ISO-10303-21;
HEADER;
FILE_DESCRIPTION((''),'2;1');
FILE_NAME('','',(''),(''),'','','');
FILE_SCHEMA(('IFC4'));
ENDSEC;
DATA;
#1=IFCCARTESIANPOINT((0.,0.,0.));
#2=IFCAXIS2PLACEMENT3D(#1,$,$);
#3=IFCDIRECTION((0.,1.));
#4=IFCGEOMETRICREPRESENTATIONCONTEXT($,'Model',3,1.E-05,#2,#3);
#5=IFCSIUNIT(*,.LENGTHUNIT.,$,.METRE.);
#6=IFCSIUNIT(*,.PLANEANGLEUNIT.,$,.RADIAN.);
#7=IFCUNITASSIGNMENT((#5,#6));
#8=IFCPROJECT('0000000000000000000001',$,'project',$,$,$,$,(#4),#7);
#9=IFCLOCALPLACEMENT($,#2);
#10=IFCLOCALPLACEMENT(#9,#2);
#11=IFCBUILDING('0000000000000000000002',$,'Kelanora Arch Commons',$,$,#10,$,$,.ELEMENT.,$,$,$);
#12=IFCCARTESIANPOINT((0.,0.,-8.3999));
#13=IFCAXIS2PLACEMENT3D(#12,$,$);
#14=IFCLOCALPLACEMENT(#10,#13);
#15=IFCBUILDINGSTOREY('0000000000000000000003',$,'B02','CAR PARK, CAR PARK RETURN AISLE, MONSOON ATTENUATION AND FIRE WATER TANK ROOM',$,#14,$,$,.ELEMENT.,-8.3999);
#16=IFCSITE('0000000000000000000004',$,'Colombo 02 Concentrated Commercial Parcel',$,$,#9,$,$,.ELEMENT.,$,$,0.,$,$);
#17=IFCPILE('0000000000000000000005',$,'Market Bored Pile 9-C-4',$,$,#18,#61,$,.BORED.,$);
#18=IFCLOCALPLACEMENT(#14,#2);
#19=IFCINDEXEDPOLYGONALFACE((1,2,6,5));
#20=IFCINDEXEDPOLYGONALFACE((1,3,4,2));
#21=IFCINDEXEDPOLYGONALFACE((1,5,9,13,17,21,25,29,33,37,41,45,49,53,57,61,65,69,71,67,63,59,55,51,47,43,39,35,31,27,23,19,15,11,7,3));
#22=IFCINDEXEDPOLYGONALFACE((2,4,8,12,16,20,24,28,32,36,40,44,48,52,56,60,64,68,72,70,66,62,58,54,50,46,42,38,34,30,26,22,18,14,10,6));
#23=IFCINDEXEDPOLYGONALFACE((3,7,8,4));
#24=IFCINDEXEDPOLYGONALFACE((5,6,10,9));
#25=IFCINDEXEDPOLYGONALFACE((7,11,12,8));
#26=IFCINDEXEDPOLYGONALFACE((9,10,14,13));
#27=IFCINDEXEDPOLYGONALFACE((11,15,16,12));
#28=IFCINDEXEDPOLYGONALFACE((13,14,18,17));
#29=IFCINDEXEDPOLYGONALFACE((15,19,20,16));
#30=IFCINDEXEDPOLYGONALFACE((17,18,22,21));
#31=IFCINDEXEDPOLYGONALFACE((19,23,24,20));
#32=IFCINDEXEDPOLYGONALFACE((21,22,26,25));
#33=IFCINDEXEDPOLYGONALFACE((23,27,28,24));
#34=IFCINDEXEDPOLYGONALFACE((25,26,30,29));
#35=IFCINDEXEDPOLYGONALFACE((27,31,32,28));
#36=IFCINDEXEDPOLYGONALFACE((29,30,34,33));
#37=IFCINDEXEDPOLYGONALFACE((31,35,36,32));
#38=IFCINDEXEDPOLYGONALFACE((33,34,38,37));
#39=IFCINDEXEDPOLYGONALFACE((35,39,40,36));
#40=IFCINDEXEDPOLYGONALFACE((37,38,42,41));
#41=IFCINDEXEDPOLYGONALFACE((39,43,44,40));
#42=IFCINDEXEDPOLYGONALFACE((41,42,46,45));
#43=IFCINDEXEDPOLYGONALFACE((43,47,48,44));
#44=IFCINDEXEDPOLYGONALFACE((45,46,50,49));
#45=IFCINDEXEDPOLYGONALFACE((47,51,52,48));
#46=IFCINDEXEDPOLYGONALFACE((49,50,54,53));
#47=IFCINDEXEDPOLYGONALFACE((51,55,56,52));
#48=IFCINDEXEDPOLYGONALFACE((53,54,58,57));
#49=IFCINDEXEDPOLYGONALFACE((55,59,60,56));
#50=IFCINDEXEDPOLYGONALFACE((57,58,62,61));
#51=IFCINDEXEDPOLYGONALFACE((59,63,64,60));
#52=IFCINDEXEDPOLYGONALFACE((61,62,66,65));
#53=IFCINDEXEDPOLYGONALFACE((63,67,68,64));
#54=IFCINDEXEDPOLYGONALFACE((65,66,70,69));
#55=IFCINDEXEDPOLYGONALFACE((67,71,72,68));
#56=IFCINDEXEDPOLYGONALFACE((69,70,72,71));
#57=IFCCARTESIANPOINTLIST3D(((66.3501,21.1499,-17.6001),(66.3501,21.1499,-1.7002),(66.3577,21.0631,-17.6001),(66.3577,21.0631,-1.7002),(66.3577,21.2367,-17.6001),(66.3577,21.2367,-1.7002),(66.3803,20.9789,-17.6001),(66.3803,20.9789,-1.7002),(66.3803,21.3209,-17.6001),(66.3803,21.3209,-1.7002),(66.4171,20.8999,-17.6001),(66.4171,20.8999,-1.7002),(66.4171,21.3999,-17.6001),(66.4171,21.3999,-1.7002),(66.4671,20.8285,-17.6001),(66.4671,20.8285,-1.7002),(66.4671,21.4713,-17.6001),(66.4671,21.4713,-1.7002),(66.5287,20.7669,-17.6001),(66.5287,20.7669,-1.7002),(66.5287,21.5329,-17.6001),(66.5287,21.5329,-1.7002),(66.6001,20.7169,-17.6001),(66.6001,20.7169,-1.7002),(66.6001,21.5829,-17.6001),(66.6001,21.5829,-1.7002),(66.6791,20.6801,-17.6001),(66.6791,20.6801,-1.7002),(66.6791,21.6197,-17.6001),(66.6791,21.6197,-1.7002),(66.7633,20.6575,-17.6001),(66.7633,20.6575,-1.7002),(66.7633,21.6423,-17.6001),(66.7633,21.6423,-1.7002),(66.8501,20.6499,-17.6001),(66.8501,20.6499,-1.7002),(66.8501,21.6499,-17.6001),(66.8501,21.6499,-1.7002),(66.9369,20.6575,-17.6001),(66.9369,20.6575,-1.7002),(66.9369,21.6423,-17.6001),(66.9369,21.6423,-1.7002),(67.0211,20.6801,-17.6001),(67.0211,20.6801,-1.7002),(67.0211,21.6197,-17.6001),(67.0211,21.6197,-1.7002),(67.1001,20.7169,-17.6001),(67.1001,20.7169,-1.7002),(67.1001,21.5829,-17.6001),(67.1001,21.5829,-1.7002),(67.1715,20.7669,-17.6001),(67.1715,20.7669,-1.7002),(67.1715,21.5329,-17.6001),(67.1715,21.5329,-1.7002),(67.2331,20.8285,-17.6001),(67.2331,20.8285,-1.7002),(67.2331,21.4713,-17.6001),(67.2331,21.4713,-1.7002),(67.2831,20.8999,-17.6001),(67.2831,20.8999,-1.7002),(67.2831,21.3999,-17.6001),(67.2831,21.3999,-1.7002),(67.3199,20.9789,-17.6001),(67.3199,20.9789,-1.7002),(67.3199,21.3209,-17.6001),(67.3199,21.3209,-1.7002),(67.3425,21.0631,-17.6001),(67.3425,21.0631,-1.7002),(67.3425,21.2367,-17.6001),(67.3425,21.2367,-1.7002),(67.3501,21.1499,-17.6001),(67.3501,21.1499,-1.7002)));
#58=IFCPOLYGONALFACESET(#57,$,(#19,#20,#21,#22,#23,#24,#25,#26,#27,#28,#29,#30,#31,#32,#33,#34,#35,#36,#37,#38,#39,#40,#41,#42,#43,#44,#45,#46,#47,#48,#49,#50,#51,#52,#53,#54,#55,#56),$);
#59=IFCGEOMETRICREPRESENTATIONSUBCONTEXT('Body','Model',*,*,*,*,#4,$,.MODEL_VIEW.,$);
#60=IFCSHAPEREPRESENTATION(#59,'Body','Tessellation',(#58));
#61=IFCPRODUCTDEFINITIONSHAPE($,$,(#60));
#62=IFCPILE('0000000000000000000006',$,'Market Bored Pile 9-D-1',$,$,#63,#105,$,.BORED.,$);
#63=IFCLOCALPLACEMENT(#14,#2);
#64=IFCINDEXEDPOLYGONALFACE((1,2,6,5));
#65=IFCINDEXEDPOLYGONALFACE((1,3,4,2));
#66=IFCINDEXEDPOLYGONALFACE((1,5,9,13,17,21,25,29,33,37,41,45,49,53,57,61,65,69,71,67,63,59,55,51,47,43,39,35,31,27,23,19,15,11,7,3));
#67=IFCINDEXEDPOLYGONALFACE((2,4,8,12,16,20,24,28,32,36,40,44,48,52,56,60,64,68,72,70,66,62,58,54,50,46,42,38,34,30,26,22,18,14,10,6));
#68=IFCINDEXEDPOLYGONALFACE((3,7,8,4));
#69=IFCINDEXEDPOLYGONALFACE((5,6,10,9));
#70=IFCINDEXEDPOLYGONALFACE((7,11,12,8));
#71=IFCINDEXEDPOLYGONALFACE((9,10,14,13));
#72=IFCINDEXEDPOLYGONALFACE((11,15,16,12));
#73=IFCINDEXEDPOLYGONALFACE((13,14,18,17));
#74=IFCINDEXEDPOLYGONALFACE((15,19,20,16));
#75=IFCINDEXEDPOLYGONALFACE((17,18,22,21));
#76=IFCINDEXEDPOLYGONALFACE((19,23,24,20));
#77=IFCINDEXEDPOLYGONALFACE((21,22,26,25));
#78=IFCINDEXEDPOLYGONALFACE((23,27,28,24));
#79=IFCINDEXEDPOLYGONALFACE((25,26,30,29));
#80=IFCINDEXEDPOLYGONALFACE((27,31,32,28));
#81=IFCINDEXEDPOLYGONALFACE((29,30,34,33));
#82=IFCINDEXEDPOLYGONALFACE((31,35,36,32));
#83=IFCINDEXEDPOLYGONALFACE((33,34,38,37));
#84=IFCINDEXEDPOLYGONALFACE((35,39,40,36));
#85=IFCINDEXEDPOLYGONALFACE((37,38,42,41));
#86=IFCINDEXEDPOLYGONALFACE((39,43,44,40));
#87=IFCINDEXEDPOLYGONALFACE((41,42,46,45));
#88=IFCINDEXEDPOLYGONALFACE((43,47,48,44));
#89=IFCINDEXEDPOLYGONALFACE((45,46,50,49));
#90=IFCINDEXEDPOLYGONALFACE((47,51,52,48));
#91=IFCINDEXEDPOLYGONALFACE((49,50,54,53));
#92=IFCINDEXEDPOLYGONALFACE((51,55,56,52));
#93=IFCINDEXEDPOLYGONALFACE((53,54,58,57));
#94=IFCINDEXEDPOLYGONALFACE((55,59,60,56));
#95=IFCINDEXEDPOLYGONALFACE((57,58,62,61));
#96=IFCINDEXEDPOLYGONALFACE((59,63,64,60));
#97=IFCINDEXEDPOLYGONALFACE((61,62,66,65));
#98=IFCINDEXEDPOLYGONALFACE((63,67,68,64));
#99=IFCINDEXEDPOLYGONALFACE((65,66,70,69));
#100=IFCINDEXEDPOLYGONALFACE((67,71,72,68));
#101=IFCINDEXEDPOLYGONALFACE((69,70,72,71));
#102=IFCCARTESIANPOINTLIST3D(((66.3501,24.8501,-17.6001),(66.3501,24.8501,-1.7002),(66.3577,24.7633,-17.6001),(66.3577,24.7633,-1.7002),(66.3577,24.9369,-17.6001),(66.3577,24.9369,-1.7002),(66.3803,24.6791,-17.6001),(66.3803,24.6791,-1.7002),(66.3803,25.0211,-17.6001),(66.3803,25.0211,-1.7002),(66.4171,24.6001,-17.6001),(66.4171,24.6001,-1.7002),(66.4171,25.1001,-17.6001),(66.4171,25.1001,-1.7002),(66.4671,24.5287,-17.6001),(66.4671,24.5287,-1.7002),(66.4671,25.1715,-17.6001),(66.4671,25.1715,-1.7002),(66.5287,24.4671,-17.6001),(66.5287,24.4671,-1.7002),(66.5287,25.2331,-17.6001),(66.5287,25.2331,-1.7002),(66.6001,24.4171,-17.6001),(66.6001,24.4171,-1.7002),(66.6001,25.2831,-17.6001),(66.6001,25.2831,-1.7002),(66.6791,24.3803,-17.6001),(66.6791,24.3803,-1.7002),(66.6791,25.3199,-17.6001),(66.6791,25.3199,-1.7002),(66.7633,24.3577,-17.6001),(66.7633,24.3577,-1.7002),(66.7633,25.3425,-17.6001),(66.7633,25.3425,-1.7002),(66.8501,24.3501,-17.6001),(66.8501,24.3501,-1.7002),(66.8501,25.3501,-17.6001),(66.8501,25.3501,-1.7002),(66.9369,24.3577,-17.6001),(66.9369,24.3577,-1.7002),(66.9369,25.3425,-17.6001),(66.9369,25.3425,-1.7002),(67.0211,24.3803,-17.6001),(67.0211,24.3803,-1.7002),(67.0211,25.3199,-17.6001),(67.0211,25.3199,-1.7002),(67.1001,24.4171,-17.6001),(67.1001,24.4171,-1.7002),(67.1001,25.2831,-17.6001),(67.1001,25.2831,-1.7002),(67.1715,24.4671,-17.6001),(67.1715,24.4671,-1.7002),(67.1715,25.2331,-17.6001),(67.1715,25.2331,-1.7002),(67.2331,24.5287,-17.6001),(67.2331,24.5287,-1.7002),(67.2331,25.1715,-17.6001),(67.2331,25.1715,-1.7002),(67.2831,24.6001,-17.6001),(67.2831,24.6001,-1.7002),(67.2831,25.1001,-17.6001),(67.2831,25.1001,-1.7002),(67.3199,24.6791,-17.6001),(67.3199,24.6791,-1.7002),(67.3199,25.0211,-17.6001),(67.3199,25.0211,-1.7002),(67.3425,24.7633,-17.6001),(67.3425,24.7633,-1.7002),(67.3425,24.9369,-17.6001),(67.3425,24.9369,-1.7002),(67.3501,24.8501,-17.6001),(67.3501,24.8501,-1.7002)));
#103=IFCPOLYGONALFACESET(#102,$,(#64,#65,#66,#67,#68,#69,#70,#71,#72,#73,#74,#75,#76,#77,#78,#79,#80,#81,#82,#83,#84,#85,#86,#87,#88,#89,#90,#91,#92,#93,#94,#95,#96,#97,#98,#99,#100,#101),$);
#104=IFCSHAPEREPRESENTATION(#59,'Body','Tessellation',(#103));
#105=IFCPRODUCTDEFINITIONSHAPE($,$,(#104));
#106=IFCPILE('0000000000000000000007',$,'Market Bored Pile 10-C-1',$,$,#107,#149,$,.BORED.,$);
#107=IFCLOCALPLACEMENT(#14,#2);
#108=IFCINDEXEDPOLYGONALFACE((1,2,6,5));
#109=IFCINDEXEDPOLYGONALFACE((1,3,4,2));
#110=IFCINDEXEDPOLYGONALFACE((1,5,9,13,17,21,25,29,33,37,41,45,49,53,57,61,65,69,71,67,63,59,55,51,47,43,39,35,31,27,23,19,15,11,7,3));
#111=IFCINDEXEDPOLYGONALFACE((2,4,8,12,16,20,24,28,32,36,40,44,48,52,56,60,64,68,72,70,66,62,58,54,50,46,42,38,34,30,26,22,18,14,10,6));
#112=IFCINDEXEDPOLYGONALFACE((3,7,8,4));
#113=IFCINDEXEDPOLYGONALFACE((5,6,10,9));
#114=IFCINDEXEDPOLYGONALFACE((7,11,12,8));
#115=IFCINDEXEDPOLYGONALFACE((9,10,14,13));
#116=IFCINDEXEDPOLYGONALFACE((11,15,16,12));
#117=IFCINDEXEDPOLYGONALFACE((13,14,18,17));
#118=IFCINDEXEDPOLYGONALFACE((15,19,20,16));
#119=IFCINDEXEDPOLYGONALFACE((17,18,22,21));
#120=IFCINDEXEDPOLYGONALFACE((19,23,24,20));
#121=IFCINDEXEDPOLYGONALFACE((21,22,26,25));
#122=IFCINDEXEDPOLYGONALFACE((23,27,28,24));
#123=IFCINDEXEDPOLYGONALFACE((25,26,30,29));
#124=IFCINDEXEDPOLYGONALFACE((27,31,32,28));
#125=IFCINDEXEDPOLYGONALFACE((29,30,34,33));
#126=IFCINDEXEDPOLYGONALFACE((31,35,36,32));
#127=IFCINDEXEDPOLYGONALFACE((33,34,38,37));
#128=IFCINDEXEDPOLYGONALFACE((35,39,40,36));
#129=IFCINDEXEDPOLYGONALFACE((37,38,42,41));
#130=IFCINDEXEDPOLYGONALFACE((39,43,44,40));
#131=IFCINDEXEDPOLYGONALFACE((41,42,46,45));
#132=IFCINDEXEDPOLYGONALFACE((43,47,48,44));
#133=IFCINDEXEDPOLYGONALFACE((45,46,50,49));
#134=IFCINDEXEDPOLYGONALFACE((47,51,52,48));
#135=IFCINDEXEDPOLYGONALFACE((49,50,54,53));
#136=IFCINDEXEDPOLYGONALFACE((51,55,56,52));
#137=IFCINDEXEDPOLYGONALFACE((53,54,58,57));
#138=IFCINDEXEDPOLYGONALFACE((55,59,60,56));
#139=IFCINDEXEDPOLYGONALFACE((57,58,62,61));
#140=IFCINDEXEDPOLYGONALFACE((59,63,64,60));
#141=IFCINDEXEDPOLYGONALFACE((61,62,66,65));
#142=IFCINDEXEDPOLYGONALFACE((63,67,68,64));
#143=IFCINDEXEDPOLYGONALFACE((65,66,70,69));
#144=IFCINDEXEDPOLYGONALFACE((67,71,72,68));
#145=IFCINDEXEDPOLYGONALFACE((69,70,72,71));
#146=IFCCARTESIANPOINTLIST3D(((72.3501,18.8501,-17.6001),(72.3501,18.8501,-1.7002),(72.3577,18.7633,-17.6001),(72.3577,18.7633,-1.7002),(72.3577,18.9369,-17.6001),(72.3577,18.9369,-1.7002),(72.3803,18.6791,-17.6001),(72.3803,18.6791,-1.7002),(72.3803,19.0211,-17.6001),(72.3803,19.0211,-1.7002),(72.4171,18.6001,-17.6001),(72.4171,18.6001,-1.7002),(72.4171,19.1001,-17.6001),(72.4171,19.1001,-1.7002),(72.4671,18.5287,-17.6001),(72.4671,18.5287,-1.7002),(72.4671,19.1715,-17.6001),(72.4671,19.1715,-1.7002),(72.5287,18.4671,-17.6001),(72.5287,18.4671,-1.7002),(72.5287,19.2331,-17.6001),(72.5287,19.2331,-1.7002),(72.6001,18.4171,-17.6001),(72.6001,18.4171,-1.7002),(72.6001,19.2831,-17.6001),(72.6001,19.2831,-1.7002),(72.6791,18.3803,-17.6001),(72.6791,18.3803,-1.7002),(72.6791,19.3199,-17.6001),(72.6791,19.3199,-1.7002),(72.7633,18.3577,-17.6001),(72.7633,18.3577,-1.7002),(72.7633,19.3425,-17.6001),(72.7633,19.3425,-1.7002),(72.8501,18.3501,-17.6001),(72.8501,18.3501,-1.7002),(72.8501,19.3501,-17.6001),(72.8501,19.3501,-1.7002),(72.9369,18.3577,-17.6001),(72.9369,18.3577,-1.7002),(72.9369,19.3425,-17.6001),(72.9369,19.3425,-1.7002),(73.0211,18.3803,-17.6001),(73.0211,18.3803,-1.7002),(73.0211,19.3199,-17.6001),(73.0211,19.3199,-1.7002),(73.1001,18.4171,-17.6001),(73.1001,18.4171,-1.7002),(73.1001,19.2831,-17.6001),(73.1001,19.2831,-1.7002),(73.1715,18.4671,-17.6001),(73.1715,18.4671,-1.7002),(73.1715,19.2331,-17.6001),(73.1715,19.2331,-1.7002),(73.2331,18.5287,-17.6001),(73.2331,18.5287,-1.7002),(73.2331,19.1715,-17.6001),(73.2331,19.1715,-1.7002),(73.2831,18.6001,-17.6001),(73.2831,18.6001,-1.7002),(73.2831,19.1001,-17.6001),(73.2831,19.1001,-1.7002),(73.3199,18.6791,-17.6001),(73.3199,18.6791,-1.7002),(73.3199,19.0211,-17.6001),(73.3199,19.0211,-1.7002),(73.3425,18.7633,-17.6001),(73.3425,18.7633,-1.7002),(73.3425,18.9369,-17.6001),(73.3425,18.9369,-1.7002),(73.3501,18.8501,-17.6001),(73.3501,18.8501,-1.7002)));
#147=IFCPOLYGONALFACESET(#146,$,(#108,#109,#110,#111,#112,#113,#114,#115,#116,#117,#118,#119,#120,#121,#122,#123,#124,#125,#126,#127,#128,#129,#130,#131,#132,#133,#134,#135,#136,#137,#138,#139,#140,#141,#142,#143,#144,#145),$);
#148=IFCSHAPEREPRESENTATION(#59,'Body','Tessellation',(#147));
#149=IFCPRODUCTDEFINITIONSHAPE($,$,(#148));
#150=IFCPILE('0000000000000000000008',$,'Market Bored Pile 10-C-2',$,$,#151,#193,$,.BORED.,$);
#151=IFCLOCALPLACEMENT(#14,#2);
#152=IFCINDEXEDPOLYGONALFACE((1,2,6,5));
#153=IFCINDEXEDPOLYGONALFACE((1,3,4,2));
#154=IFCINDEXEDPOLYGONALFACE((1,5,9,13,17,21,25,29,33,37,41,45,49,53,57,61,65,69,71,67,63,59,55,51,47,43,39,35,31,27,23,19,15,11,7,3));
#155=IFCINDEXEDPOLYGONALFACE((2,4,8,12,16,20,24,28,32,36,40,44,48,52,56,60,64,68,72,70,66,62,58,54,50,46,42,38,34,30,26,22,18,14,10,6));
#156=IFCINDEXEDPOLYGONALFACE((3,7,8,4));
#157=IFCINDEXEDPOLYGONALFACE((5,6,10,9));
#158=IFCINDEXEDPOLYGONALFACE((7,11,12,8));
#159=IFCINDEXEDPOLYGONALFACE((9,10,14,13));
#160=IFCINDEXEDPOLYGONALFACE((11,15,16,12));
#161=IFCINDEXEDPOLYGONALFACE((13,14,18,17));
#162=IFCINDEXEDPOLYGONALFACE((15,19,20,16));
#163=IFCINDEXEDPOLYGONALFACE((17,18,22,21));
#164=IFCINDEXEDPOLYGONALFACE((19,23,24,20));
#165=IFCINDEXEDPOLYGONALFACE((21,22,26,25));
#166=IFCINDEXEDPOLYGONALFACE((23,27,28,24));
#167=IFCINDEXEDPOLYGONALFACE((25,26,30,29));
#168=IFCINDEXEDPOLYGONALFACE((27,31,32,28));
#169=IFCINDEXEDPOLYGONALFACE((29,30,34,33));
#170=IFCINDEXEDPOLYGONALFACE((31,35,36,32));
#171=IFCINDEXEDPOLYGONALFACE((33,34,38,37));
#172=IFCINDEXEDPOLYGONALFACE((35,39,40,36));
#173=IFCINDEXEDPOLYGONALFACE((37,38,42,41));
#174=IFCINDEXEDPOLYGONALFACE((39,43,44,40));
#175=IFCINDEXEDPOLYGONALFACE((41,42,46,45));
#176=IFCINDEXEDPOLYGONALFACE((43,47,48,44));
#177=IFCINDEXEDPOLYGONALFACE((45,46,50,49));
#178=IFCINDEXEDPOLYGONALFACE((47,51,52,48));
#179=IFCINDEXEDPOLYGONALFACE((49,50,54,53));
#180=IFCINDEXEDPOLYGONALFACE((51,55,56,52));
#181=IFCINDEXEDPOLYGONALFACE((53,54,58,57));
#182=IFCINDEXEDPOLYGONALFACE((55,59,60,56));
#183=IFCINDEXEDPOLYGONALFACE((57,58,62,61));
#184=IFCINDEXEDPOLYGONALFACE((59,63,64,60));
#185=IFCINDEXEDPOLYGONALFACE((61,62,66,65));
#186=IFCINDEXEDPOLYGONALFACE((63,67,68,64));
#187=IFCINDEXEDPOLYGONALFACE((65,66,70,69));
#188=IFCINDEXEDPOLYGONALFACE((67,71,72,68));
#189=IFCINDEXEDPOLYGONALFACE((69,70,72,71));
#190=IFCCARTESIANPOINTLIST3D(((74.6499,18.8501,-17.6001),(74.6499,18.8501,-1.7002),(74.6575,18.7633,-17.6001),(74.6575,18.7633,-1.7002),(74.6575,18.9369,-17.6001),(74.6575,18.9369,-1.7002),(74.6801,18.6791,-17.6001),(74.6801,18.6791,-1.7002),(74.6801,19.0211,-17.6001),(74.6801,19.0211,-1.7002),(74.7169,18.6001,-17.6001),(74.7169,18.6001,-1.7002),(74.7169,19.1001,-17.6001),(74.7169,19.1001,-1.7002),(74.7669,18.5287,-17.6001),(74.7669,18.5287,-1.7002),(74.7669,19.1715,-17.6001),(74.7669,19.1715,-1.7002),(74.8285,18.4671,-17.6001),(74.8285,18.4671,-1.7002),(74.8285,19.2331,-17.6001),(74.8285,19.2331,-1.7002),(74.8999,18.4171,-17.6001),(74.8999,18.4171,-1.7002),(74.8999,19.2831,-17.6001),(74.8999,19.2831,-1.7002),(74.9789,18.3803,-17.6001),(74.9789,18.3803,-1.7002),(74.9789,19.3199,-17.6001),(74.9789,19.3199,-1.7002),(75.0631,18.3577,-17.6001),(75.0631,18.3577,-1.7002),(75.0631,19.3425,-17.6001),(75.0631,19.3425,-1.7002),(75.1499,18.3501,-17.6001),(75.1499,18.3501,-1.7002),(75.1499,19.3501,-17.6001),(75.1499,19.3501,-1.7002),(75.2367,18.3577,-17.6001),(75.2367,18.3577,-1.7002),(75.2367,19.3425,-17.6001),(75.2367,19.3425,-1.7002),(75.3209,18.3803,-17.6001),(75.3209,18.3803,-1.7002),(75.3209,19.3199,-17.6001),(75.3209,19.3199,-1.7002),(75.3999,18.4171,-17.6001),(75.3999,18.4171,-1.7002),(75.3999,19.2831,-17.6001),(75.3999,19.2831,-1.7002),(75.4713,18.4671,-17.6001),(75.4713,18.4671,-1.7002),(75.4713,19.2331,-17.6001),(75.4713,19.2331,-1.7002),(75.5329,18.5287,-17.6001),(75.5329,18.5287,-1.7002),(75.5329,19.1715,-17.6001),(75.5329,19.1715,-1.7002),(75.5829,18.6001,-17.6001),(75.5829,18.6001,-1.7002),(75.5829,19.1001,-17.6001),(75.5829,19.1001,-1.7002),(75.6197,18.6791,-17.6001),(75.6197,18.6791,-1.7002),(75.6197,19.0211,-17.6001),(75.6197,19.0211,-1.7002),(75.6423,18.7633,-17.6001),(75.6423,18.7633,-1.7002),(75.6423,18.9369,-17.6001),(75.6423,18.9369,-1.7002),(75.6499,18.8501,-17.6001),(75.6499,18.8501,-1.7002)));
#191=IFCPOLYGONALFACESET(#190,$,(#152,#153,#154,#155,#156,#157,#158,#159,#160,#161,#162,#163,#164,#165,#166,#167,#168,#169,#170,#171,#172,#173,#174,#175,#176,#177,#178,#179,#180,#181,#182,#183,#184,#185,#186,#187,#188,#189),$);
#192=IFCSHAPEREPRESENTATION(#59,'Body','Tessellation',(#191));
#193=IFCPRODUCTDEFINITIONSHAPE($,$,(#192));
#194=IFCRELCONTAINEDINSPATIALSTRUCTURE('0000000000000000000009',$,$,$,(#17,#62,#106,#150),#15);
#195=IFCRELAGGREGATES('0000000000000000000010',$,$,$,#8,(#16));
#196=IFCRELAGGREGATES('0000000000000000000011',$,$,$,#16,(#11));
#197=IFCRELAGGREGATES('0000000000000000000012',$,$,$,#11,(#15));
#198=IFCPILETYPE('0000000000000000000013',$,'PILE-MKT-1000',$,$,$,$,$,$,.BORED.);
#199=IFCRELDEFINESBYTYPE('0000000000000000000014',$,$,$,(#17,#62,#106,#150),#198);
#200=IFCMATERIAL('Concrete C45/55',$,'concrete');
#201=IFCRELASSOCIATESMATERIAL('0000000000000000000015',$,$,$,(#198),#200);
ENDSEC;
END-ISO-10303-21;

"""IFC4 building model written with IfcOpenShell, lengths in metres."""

from ifc_helpers import new_model, si_unit, direction, frame, origin, origin_2d, place, context, subcontext, project, spatial, circle, extrude, source, transform, mapped, material, material_profile, profile_set, type_object, element, save


model = new_model("IFC4")

# Units and contexts
model_context = context("Model", 3, precision=1e-05, world=origin(), true_north=direction((0.0, 1.0)))
body_context = subcontext(model_context, "Body", "Model", "MODEL_VIEW")
ifc_project = project(units=[si_unit("LENGTHUNIT", "METRE"), si_unit("PLANEANGLEUNIT", "RADIAN")], contexts=[model_context])

# Site, building, storey
site_placement = place(None, origin())
site = spatial("IfcSite", under=ifc_project, at=site_placement, Name="Colombo 02 Concentrated Commercial Parcel", CompositionType="ELEMENT", RefElevation=0.0)
building_placement = place(site_placement, origin())
building = spatial("IfcBuilding", under=site, at=building_placement, Name="Kelanora Arch Commons", CompositionType="ELEMENT")
storey_placement = place(building_placement, frame((0.0, 0.0, -8.3999)))
storey = spatial("IfcBuildingStorey", under=building, at=storey_placement, Name="B02", Description="CAR PARK, CAR PARK RETURN AISLE, MONSOON ATTENUATION AND FIRE WATER TANK ROOM", CompositionType="ELEMENT", Elevation=-8.3999)

# Piles
ifc_material_1 = material(Name="Concrete C45/55", Category="concrete")
ifc_material_profile_1 = material_profile(ifc_material_1, circle(Radius=0.5, at=origin_2d()), Name="PILE1000")
ifc_profile_set_1 = profile_set([ifc_material_profile_1], Name="Concrete C45/55")
pile_type = type_object("IfcPileType", Name="PILE-MKT-1000", PredefinedType="BORED", material=ifc_profile_set_1)
shared_shape_1 = source(origin(), body_context, "Body", "SweptSolid", [
    extrude(circle(Radius=0.5, at=origin_2d()), origin(), (0.0, 0.0, 1.0), 15.8999),
])
for number, where, z_axis, x_axis, name in (
    (1, (66.8501, 21.1499, -1.7002), (0.0, 0.0, -1.0), (1.0, 0.0, 0.0), "Market Bored Pile 9-C-4"),
    (2, (66.8501, 24.8501, -1.7002), (0.0, 0.0, -1.0), (1.0, 0.0, 0.0), "Market Bored Pile 9-D-1"),
    (3, (72.8501, 18.8501, -1.7002), (0.0, 0.0, -1.0), (1.0, 0.0, 0.0), "Market Bored Pile 10-C-1"),
    (4, (75.1499, 18.8501, -1.7002), (0.0, 0.0, -1.0), (1.0, 0.0, 0.0), "Market Bored Pile 10-C-2"),
):
    element("IfcPile", number, at=place(storey_placement, frame(where, z_axis=z_axis, x_axis=x_axis)), inside=storey, type_object=pile_type, Name=name, PredefinedType="BORED", context=body_context, shape_type="MappedRepresentation", body=[
        mapped(shared_shape_1, transform((0.0, 0.0, 0.0), scale=1.0)),
    ])

save(model, "model.ifc")
